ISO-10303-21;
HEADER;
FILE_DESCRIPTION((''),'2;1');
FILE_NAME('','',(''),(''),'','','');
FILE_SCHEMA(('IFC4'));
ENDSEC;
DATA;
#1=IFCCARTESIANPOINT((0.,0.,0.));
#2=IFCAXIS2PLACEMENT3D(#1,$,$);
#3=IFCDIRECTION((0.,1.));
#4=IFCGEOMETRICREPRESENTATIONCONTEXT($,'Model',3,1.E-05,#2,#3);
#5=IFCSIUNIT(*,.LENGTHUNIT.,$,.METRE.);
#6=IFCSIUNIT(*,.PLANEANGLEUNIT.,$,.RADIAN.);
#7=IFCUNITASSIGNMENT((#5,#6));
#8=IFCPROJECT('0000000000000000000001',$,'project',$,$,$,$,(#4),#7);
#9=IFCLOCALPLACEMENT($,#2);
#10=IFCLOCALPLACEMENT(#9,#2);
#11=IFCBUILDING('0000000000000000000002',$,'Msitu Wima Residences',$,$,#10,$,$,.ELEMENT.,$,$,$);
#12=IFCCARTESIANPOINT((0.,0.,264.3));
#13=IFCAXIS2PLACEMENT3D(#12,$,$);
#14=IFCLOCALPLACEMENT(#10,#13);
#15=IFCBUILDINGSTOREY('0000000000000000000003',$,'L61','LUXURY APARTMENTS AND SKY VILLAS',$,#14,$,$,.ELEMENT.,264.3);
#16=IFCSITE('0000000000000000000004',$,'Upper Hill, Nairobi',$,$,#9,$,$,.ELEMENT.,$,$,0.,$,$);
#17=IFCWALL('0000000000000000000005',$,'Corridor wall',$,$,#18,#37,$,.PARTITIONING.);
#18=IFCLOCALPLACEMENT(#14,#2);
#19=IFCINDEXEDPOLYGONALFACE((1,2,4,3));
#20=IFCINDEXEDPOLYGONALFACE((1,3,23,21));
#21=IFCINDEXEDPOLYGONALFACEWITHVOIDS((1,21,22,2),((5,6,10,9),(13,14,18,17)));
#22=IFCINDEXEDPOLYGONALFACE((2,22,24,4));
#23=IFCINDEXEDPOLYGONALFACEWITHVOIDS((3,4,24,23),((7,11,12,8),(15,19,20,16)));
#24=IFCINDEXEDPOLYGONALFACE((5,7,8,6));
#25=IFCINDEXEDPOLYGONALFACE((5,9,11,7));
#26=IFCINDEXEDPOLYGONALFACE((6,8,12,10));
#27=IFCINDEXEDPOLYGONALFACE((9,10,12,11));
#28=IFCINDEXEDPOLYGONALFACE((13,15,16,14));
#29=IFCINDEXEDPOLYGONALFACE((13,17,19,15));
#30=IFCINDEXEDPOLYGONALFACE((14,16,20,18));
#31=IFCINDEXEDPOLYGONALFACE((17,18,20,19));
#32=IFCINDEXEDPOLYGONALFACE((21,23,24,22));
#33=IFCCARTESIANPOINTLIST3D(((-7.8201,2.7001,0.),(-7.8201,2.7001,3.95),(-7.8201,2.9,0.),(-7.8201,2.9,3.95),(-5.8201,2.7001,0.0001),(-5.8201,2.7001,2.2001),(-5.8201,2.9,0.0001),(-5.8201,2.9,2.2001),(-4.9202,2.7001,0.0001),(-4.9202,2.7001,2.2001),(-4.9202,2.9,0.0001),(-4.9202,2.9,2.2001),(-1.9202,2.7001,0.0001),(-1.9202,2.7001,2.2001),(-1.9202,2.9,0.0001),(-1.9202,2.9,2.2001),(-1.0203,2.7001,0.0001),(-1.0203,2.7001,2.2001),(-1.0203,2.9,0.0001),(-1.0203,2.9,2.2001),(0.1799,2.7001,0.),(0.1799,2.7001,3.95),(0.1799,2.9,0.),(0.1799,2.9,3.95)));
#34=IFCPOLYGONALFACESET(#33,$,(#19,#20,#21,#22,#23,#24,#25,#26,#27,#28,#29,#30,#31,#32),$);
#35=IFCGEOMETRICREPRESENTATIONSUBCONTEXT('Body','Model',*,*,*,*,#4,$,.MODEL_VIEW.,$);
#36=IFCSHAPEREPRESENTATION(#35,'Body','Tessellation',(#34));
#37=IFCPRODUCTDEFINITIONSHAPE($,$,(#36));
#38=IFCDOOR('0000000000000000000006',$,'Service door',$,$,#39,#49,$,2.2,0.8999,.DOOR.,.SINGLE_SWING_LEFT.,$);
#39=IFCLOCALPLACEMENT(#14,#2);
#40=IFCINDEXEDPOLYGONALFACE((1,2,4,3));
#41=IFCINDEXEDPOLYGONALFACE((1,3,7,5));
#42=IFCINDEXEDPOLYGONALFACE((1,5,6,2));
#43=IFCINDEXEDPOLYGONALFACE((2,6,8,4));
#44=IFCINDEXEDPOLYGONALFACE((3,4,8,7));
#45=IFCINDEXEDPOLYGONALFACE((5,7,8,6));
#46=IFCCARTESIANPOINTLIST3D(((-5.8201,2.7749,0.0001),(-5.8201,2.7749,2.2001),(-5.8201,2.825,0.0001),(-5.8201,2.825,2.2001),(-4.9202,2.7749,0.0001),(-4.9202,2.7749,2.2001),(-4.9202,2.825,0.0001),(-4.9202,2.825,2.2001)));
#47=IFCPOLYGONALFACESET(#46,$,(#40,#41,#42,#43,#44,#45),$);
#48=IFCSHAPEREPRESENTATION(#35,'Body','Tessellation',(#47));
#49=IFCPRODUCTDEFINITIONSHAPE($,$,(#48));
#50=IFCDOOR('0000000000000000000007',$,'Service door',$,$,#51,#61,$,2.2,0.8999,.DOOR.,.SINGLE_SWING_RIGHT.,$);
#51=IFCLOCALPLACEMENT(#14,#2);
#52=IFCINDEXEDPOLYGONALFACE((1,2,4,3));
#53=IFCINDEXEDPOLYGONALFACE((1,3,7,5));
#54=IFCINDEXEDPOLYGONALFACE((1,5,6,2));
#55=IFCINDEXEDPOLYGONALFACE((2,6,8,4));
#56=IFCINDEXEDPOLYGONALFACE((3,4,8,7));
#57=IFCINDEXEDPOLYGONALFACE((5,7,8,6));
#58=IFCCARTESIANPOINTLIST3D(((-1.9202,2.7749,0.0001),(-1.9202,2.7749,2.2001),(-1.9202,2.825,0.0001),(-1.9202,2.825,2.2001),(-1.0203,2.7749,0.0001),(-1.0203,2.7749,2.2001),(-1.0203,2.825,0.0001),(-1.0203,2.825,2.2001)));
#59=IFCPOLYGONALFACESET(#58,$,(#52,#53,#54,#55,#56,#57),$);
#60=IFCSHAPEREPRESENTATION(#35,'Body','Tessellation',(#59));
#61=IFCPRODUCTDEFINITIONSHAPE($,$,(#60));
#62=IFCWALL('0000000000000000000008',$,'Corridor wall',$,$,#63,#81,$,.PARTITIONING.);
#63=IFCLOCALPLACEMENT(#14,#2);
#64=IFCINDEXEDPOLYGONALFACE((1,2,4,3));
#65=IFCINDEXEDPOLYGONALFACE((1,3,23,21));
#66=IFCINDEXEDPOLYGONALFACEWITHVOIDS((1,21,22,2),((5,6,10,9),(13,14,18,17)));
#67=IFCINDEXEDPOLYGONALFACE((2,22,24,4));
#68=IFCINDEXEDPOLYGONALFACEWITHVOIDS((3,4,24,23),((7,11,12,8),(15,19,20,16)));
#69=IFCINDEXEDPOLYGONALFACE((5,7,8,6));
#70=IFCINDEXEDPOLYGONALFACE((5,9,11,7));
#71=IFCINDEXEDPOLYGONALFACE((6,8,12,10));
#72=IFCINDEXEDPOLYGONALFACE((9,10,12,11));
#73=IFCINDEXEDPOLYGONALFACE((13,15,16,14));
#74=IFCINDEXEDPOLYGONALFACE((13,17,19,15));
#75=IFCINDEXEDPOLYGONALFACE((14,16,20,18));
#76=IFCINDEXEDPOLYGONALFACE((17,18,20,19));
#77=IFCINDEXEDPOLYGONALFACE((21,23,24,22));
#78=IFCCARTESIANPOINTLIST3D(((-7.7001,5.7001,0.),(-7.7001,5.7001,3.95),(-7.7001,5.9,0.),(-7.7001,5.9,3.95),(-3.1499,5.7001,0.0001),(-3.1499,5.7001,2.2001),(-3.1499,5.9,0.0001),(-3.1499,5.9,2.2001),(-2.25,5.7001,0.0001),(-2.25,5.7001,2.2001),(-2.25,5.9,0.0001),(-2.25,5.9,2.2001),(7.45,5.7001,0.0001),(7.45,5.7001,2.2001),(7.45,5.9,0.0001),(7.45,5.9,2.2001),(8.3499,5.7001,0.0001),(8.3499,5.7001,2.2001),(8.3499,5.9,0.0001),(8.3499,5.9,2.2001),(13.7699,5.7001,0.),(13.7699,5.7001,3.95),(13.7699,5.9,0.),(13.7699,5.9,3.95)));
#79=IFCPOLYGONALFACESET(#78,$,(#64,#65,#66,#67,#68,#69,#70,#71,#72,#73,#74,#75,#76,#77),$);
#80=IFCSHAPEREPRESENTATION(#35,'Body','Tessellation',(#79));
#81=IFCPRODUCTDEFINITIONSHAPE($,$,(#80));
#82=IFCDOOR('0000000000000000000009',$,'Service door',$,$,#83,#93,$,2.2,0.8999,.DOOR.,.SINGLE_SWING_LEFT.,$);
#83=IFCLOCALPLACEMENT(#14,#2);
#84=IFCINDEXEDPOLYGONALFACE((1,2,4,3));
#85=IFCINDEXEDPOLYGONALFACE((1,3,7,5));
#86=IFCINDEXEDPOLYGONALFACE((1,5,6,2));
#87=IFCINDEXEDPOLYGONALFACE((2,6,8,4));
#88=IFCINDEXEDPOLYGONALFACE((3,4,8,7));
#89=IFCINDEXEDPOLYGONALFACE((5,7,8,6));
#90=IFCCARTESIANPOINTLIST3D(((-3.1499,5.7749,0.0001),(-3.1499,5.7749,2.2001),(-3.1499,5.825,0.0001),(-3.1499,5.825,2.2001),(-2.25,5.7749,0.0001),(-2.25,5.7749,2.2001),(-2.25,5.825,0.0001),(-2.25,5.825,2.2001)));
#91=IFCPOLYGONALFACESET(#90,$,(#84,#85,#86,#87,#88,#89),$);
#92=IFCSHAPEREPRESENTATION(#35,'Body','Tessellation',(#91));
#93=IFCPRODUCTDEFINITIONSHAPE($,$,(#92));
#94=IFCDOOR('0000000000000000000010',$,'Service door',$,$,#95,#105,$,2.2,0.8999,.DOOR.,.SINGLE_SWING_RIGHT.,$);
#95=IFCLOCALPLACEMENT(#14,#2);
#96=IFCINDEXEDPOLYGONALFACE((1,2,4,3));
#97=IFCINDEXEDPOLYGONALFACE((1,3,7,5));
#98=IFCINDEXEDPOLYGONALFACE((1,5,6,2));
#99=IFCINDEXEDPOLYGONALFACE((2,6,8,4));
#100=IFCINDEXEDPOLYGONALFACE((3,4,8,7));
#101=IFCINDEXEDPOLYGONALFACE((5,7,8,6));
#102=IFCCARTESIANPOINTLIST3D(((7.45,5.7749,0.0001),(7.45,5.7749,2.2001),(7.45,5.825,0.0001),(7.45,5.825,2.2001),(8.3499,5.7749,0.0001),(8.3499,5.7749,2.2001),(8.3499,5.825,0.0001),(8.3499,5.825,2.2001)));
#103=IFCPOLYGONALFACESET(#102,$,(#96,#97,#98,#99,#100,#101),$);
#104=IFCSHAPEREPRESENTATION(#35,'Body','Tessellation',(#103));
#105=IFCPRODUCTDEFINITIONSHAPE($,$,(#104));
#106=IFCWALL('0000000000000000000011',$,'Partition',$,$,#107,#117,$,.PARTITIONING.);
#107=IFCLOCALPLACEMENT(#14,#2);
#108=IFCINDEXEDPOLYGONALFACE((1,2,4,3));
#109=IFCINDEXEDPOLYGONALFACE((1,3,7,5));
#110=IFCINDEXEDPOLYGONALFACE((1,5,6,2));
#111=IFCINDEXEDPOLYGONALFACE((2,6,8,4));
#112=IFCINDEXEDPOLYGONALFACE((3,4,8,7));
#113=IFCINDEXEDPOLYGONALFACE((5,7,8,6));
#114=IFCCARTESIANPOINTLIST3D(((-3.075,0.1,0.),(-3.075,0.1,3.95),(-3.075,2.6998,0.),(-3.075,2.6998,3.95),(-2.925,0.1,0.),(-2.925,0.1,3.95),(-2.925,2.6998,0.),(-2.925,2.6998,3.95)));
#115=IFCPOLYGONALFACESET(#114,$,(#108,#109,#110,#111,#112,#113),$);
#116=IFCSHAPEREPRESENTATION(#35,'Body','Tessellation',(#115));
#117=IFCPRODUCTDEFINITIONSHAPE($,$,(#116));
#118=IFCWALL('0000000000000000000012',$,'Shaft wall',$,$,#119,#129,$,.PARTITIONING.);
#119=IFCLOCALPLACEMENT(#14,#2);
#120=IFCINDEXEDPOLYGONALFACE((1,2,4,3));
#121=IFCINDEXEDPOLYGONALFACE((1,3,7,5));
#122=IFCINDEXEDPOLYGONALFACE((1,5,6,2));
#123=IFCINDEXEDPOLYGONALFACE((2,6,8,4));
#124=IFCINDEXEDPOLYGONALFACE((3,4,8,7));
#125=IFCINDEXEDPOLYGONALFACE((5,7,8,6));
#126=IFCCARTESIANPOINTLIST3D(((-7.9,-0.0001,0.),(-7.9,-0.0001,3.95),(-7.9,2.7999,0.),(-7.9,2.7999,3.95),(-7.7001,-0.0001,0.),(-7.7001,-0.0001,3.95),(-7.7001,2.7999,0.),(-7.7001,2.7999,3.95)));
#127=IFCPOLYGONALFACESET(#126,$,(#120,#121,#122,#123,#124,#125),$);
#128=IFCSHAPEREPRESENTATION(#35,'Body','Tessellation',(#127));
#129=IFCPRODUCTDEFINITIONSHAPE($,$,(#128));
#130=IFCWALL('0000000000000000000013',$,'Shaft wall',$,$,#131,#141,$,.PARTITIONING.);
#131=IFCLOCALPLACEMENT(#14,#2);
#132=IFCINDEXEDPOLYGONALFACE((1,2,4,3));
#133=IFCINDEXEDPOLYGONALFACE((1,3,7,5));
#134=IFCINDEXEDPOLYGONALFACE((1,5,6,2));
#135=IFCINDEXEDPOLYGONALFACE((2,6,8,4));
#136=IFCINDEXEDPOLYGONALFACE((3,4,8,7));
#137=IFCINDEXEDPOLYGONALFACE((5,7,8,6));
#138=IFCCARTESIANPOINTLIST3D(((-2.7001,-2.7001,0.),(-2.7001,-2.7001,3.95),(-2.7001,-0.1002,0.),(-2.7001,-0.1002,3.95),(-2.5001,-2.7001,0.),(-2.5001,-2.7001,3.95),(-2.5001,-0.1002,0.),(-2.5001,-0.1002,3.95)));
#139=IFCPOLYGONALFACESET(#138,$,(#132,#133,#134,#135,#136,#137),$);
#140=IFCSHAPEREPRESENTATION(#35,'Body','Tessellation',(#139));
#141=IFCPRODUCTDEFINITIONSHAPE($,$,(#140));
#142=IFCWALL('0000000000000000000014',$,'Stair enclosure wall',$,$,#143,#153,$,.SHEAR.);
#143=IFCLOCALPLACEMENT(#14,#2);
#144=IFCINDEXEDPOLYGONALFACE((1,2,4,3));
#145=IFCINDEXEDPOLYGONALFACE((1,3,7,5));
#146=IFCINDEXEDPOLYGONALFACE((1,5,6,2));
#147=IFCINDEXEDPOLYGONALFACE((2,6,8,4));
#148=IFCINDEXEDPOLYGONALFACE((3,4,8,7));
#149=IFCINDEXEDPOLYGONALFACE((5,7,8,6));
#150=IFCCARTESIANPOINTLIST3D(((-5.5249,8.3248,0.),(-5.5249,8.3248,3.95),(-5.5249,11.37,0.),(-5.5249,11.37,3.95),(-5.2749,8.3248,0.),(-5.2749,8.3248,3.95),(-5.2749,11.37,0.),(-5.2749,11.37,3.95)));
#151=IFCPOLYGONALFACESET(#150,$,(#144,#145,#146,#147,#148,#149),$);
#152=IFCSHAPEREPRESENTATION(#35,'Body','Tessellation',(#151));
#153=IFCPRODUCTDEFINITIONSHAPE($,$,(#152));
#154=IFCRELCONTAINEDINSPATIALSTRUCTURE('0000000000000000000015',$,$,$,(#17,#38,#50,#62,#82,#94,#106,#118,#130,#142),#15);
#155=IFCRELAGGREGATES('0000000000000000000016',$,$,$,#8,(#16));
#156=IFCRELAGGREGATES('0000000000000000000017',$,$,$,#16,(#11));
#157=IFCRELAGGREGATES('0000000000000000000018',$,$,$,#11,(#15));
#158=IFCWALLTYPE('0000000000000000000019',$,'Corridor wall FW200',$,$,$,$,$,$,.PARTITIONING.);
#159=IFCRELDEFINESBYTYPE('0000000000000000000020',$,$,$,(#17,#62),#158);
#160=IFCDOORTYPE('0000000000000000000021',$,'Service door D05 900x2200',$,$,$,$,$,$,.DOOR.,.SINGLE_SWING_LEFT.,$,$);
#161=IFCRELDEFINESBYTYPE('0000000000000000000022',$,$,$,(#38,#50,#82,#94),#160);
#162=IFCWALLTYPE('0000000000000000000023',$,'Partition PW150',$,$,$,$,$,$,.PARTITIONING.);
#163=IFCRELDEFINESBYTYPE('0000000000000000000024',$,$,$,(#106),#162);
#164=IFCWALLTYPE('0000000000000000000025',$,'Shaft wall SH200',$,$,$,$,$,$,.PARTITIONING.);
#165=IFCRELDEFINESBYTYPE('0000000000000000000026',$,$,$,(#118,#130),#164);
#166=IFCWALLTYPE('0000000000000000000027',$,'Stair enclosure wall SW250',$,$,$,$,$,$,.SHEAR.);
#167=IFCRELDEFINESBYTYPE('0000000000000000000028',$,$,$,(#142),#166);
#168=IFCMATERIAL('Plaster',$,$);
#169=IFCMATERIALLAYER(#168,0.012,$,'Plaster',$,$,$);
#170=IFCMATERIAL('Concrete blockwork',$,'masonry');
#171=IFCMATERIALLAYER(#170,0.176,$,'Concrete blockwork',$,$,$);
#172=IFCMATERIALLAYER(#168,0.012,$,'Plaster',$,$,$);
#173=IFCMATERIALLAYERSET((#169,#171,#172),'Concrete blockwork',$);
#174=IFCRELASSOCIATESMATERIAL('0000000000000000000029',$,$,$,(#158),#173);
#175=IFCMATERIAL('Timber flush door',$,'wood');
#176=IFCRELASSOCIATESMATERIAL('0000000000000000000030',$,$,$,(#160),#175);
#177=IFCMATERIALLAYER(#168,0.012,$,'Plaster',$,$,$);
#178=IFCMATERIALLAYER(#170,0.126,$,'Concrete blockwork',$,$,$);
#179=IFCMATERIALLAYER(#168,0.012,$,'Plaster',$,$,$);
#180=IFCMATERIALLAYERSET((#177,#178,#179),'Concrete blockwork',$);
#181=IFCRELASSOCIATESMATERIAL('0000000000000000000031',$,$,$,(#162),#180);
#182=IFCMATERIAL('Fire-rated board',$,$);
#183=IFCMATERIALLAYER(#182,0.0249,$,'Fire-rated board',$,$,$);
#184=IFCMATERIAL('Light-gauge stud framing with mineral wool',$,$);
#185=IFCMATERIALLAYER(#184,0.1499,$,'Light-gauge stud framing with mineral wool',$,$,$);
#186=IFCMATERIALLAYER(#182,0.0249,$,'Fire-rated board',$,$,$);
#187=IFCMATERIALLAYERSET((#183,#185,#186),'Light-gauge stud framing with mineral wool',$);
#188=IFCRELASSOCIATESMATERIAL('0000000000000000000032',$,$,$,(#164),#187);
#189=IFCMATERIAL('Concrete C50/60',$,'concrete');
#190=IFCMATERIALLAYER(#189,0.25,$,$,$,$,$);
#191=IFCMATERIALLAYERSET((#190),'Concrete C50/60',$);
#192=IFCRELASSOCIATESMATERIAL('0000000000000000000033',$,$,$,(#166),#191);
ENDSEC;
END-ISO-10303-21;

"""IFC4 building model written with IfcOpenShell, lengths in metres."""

from ifc_helpers import new_model, si_unit, direction, frame, frame_2d, origin, place, context, subcontext, project, spatial, rectangle, extrude, material, layer, layer_set, type_object, element, fill, save


model = new_model("IFC4")

# Units and contexts
model_context = context("Model", 3, precision=1e-05, world=origin(), true_north=direction((0.0, 1.0)))
body_context = subcontext(model_context, "Body", "Model", "MODEL_VIEW")
ifc_project = project(units=[si_unit("LENGTHUNIT", "METRE"), si_unit("PLANEANGLEUNIT", "RADIAN")], contexts=[model_context])

# Site, building, storey
site_placement = place(None, origin())
site = spatial("IfcSite", under=ifc_project, at=site_placement, Name="Upper Hill, Nairobi", CompositionType="ELEMENT", RefElevation=0.0)
building_placement = place(site_placement, origin())
building = spatial("IfcBuilding", under=site, at=building_placement, Name="Msitu Wima Residences", CompositionType="ELEMENT")
storey_placement = place(building_placement, frame((0.0, 0.0, 264.3)))
storey = spatial("IfcBuildingStorey", under=building, at=storey_placement, Name="L61", Description="LUXURY APARTMENTS AND SKY VILLAS", CompositionType="ELEMENT", Elevation=264.3)

# Wall, openings, doors
ifc_material_1 = material(Name="Plaster")
ifc_layer_1 = layer(ifc_material_1, 0.012, Name="Plaster")
ifc_material_2 = material(Name="Concrete blockwork", Category="masonry")
ifc_layer_2 = layer(ifc_material_2, 0.176, Name="Concrete blockwork")
ifc_layer_3 = layer(ifc_material_1, 0.012, Name="Plaster")
ifc_layer_set_1 = layer_set([ifc_layer_1, ifc_layer_2, ifc_layer_3], Name="Concrete blockwork")
wall_type_1 = type_object("IfcWallType", Name="Corridor wall FW200", PredefinedType="PARTITIONING", material=ifc_layer_set_1)
wall_1_placement = place(storey_placement, frame((-7.8201, 2.8, 0.0), z_axis=(0.0, 0.0, 1.0), x_axis=(1.0, 0.0, 0.0)))
wall_1 = element("IfcWall", 1, at=wall_1_placement, inside=storey, type_object=wall_type_1, Name="Corridor wall", PredefinedType="PARTITIONING", context=body_context, shape_type="SweptSolid", body=[
    extrude(rectangle(XDim=8.0, YDim=0.2, at=frame_2d((4.0, 0.0))), origin(), (0.0, 0.0, 1.0), 3.95),
])
opening_1_placement = place(wall_1_placement, frame((2.0, 0.0, 0.0)))
opening_1 = element("IfcOpeningElement", 2, at=opening_1_placement, cuts=wall_1, PredefinedType="OPENING", context=body_context, shape_type="SweptSolid", body=[
    extrude(rectangle(XDim=0.8999, YDim=2.2, at=frame_2d((0.45, 1.1001))), frame((0.0, 0.1099, 0.0), z_axis=(0.0, -1.0, 0.0), x_axis=(1.0, 0.0, 0.0)), (0.0, 0.0, 1.0), 0.22),
])
opening_2_placement = place(wall_1_placement, frame((5.8999, 0.0, 0.0)))
opening_2 = element("IfcOpeningElement", 3, at=opening_2_placement, cuts=wall_1, PredefinedType="OPENING", context=body_context, shape_type="SweptSolid", body=[
    extrude(rectangle(XDim=0.8999, YDim=2.2, at=frame_2d((0.45, 1.1001))), frame((0.0, 0.1099, 0.0), z_axis=(0.0, -1.0, 0.0), x_axis=(1.0, 0.0, 0.0)), (0.0, 0.0, 1.0), 0.22),
])
ifc_material_3 = material(Name="Timber flush door", Category="wood")
door_type_1 = type_object("IfcDoorType", Name="Service door D05 900x2200", OperationType="SINGLE_SWING_LEFT", PredefinedType="DOOR", material=ifc_material_3)
door_1_placement = place(opening_1_placement, origin())
door_1 = element("IfcDoor", 4, at=door_1_placement, inside=storey, type_object=door_type_1, Name="Service door", OperationType="SINGLE_SWING_LEFT", OverallHeight=2.2, OverallWidth=0.8999, PredefinedType="DOOR", context=body_context, shape_type="SweptSolid", body=[
    extrude(rectangle(XDim=0.8999, YDim=2.2, at=frame_2d((0.45, 1.1001))), frame((0.0, 0.0249, 0.0), z_axis=(0.0, -1.0, 0.0), x_axis=(1.0, 0.0, 0.0)), (0.0, 0.0, 1.0), 0.05),
])
fill(opening_1, door_1)
door_2_placement = place(opening_2_placement, origin())
door_2 = element("IfcDoor", 5, at=door_2_placement, inside=storey, type_object=door_type_1, Name="Service door", OperationType="SINGLE_SWING_RIGHT", OverallHeight=2.2, OverallWidth=0.8999, PredefinedType="DOOR", context=body_context, shape_type="SweptSolid", body=[
    extrude(rectangle(XDim=0.8999, YDim=2.2, at=frame_2d((0.45, 1.1001))), frame((0.0, 0.0249, 0.0), z_axis=(0.0, -1.0, 0.0), x_axis=(1.0, 0.0, 0.0)), (0.0, 0.0, 1.0), 0.05),
])
fill(opening_2, door_2)

# Wall, openings, doors
wall_2_placement = place(storey_placement, frame((-7.7, 5.8, 0.0), z_axis=(0.0, 0.0, 1.0), x_axis=(1.0, 0.0, 0.0)))
wall_2 = element("IfcWall", 6, at=wall_2_placement, inside=storey, type_object=wall_type_1, Name="Corridor wall", PredefinedType="PARTITIONING", context=body_context, shape_type="SweptSolid", body=[
    extrude(rectangle(XDim=21.47, YDim=0.2, at=frame_2d((10.7349, 0.0))), origin(), (0.0, 0.0, 1.0), 3.95),
])
opening_3_placement = place(wall_2_placement, frame((4.55, 0.0, 0.0)))
opening_3 = element("IfcOpeningElement", 7, at=opening_3_placement, cuts=wall_2, PredefinedType="OPENING", context=body_context, shape_type="SweptSolid", body=[
    extrude(rectangle(XDim=0.8999, YDim=2.2, at=frame_2d((0.45, 1.1001))), frame((0.0, 0.1099, 0.0), z_axis=(0.0, -1.0, 0.0), x_axis=(1.0, 0.0, 0.0)), (0.0, 0.0, 1.0), 0.22),
])
opening_4_placement = place(wall_2_placement, frame((15.1499, 0.0, 0.0)))
opening_4 = element("IfcOpeningElement", 8, at=opening_4_placement, cuts=wall_2, PredefinedType="OPENING", context=body_context, shape_type="SweptSolid", body=[
    extrude(rectangle(XDim=0.8999, YDim=2.2, at=frame_2d((0.45, 1.1001))), frame((0.0, 0.1099, 0.0), z_axis=(0.0, -1.0, 0.0), x_axis=(1.0, 0.0, 0.0)), (0.0, 0.0, 1.0), 0.22),
])
door_3_placement = place(opening_3_placement, origin())
door_3 = element("IfcDoor", 9, at=door_3_placement, inside=storey, type_object=door_type_1, Name="Service door", OperationType="SINGLE_SWING_LEFT", OverallHeight=2.2, OverallWidth=0.8999, PredefinedType="DOOR", context=body_context, shape_type="SweptSolid", body=[
    extrude(rectangle(XDim=0.8999, YDim=2.2, at=frame_2d((0.45, 1.1001))), frame((0.0, 0.0249, 0.0), z_axis=(0.0, -1.0, 0.0), x_axis=(1.0, 0.0, 0.0)), (0.0, 0.0, 1.0), 0.05),
])
fill(opening_3, door_3)
door_4_placement = place(opening_4_placement, origin())
door_4 = element("IfcDoor", 10, at=door_4_placement, inside=storey, type_object=door_type_1, Name="Service door", OperationType="SINGLE_SWING_RIGHT", OverallHeight=2.2, OverallWidth=0.8999, PredefinedType="DOOR", context=body_context, shape_type="SweptSolid", body=[
    extrude(rectangle(XDim=0.8999, YDim=2.2, at=frame_2d((0.45, 1.1001))), frame((0.0, 0.0249, 0.0), z_axis=(0.0, -1.0, 0.0), x_axis=(1.0, 0.0, 0.0)), (0.0, 0.0, 1.0), 0.05),
])
fill(opening_4, door_4)

# Walls
ifc_layer_4 = layer(ifc_material_1, 0.012, Name="Plaster")
ifc_layer_5 = layer(ifc_material_2, 0.126, Name="Concrete blockwork")
ifc_layer_6 = layer(ifc_material_1, 0.012, Name="Plaster")
ifc_layer_set_2 = layer_set([ifc_layer_4, ifc_layer_5, ifc_layer_6], Name="Concrete blockwork")
wall_type_2 = type_object("IfcWallType", Name="Partition PW150", PredefinedType="PARTITIONING", material=ifc_layer_set_2)
wall_3_placement = place(storey_placement, frame((-3.0, 0.1001, 0.0), z_axis=(0.0, 0.0, 1.0), x_axis=(0.0, 1.0, 0.0)))
element("IfcWall", 11, at=wall_3_placement, inside=storey, type_object=wall_type_2, Name="Partition", PredefinedType="PARTITIONING", context=body_context, shape_type="SweptSolid", body=[
    extrude(rectangle(XDim=2.5999, YDim=0.1499, at=frame_2d((1.2998, 0.0))), origin(), (0.0, 0.0, 1.0), 3.95),
])
ifc_material_4 = material(Name="Fire-rated board")
ifc_layer_7 = layer(ifc_material_4, 0.0249, Name="Fire-rated board")
ifc_material_5 = material(Name="Light-gauge stud framing with mineral wool")
ifc_layer_8 = layer(ifc_material_5, 0.1499, Name="Light-gauge stud framing with mineral wool")
ifc_layer_9 = layer(ifc_material_4, 0.0249, Name="Fire-rated board")
ifc_layer_set_3 = layer_set([ifc_layer_7, ifc_layer_8, ifc_layer_9], Name="Light-gauge stud framing with mineral wool")
wall_type_3 = type_object("IfcWallType", Name="Shaft wall SH200", PredefinedType="PARTITIONING", material=ifc_layer_set_3)
wall_4_placement = place(storey_placement, frame((-7.8, 0.0, 0.0), z_axis=(0.0, 0.0, 1.0), x_axis=(0.0, 1.0, 0.0)))
element("IfcWall", 12, at=wall_4_placement, inside=storey, type_object=wall_type_3, Name="Shaft wall", PredefinedType="PARTITIONING", context=body_context, shape_type="SweptSolid", body=[
    extrude(rectangle(XDim=2.8, YDim=0.2, at=frame_2d((1.3999, 0.0))), origin(), (0.0, 0.0, 1.0), 3.95),
])
wall_5_placement = place(storey_placement, frame((-2.6001, -2.7, 0.0), z_axis=(0.0, 0.0, 1.0), x_axis=(0.0, 1.0, 0.0)))
element("IfcWall", 13, at=wall_5_placement, inside=storey, type_object=wall_type_3, Name="Shaft wall", PredefinedType="PARTITIONING", context=body_context, shape_type="SweptSolid", body=[
    extrude(rectangle(XDim=2.5999, YDim=0.2, at=frame_2d((1.2998, 0.0))), origin(), (0.0, 0.0, 1.0), 3.95),
])
ifc_material_6 = material(Name="Concrete C50/60", Category="concrete")
ifc_layer_10 = layer(ifc_material_6, 0.25)
ifc_layer_set_4 = layer_set([ifc_layer_10], Name="Concrete C50/60")
wall_type_4 = type_object("IfcWallType", Name="Stair enclosure wall SW250", PredefinedType="SHEAR", material=ifc_layer_set_4)
wall_6_placement = place(storey_placement, frame((-5.3999, 8.325, 0.0), z_axis=(0.0, 0.0, 1.0), x_axis=(0.0, 1.0, 0.0)))
element("IfcWall", 14, at=wall_6_placement, inside=storey, type_object=wall_type_4, Name="Stair enclosure wall", PredefinedType="SHEAR", context=body_context, shape_type="SweptSolid", body=[
    extrude(rectangle(XDim=3.0452, YDim=0.25, at=frame_2d((1.5225, 0.0))), origin(), (0.0, 0.0, 1.0), 3.95),
])

save(model, "model.ifc")
